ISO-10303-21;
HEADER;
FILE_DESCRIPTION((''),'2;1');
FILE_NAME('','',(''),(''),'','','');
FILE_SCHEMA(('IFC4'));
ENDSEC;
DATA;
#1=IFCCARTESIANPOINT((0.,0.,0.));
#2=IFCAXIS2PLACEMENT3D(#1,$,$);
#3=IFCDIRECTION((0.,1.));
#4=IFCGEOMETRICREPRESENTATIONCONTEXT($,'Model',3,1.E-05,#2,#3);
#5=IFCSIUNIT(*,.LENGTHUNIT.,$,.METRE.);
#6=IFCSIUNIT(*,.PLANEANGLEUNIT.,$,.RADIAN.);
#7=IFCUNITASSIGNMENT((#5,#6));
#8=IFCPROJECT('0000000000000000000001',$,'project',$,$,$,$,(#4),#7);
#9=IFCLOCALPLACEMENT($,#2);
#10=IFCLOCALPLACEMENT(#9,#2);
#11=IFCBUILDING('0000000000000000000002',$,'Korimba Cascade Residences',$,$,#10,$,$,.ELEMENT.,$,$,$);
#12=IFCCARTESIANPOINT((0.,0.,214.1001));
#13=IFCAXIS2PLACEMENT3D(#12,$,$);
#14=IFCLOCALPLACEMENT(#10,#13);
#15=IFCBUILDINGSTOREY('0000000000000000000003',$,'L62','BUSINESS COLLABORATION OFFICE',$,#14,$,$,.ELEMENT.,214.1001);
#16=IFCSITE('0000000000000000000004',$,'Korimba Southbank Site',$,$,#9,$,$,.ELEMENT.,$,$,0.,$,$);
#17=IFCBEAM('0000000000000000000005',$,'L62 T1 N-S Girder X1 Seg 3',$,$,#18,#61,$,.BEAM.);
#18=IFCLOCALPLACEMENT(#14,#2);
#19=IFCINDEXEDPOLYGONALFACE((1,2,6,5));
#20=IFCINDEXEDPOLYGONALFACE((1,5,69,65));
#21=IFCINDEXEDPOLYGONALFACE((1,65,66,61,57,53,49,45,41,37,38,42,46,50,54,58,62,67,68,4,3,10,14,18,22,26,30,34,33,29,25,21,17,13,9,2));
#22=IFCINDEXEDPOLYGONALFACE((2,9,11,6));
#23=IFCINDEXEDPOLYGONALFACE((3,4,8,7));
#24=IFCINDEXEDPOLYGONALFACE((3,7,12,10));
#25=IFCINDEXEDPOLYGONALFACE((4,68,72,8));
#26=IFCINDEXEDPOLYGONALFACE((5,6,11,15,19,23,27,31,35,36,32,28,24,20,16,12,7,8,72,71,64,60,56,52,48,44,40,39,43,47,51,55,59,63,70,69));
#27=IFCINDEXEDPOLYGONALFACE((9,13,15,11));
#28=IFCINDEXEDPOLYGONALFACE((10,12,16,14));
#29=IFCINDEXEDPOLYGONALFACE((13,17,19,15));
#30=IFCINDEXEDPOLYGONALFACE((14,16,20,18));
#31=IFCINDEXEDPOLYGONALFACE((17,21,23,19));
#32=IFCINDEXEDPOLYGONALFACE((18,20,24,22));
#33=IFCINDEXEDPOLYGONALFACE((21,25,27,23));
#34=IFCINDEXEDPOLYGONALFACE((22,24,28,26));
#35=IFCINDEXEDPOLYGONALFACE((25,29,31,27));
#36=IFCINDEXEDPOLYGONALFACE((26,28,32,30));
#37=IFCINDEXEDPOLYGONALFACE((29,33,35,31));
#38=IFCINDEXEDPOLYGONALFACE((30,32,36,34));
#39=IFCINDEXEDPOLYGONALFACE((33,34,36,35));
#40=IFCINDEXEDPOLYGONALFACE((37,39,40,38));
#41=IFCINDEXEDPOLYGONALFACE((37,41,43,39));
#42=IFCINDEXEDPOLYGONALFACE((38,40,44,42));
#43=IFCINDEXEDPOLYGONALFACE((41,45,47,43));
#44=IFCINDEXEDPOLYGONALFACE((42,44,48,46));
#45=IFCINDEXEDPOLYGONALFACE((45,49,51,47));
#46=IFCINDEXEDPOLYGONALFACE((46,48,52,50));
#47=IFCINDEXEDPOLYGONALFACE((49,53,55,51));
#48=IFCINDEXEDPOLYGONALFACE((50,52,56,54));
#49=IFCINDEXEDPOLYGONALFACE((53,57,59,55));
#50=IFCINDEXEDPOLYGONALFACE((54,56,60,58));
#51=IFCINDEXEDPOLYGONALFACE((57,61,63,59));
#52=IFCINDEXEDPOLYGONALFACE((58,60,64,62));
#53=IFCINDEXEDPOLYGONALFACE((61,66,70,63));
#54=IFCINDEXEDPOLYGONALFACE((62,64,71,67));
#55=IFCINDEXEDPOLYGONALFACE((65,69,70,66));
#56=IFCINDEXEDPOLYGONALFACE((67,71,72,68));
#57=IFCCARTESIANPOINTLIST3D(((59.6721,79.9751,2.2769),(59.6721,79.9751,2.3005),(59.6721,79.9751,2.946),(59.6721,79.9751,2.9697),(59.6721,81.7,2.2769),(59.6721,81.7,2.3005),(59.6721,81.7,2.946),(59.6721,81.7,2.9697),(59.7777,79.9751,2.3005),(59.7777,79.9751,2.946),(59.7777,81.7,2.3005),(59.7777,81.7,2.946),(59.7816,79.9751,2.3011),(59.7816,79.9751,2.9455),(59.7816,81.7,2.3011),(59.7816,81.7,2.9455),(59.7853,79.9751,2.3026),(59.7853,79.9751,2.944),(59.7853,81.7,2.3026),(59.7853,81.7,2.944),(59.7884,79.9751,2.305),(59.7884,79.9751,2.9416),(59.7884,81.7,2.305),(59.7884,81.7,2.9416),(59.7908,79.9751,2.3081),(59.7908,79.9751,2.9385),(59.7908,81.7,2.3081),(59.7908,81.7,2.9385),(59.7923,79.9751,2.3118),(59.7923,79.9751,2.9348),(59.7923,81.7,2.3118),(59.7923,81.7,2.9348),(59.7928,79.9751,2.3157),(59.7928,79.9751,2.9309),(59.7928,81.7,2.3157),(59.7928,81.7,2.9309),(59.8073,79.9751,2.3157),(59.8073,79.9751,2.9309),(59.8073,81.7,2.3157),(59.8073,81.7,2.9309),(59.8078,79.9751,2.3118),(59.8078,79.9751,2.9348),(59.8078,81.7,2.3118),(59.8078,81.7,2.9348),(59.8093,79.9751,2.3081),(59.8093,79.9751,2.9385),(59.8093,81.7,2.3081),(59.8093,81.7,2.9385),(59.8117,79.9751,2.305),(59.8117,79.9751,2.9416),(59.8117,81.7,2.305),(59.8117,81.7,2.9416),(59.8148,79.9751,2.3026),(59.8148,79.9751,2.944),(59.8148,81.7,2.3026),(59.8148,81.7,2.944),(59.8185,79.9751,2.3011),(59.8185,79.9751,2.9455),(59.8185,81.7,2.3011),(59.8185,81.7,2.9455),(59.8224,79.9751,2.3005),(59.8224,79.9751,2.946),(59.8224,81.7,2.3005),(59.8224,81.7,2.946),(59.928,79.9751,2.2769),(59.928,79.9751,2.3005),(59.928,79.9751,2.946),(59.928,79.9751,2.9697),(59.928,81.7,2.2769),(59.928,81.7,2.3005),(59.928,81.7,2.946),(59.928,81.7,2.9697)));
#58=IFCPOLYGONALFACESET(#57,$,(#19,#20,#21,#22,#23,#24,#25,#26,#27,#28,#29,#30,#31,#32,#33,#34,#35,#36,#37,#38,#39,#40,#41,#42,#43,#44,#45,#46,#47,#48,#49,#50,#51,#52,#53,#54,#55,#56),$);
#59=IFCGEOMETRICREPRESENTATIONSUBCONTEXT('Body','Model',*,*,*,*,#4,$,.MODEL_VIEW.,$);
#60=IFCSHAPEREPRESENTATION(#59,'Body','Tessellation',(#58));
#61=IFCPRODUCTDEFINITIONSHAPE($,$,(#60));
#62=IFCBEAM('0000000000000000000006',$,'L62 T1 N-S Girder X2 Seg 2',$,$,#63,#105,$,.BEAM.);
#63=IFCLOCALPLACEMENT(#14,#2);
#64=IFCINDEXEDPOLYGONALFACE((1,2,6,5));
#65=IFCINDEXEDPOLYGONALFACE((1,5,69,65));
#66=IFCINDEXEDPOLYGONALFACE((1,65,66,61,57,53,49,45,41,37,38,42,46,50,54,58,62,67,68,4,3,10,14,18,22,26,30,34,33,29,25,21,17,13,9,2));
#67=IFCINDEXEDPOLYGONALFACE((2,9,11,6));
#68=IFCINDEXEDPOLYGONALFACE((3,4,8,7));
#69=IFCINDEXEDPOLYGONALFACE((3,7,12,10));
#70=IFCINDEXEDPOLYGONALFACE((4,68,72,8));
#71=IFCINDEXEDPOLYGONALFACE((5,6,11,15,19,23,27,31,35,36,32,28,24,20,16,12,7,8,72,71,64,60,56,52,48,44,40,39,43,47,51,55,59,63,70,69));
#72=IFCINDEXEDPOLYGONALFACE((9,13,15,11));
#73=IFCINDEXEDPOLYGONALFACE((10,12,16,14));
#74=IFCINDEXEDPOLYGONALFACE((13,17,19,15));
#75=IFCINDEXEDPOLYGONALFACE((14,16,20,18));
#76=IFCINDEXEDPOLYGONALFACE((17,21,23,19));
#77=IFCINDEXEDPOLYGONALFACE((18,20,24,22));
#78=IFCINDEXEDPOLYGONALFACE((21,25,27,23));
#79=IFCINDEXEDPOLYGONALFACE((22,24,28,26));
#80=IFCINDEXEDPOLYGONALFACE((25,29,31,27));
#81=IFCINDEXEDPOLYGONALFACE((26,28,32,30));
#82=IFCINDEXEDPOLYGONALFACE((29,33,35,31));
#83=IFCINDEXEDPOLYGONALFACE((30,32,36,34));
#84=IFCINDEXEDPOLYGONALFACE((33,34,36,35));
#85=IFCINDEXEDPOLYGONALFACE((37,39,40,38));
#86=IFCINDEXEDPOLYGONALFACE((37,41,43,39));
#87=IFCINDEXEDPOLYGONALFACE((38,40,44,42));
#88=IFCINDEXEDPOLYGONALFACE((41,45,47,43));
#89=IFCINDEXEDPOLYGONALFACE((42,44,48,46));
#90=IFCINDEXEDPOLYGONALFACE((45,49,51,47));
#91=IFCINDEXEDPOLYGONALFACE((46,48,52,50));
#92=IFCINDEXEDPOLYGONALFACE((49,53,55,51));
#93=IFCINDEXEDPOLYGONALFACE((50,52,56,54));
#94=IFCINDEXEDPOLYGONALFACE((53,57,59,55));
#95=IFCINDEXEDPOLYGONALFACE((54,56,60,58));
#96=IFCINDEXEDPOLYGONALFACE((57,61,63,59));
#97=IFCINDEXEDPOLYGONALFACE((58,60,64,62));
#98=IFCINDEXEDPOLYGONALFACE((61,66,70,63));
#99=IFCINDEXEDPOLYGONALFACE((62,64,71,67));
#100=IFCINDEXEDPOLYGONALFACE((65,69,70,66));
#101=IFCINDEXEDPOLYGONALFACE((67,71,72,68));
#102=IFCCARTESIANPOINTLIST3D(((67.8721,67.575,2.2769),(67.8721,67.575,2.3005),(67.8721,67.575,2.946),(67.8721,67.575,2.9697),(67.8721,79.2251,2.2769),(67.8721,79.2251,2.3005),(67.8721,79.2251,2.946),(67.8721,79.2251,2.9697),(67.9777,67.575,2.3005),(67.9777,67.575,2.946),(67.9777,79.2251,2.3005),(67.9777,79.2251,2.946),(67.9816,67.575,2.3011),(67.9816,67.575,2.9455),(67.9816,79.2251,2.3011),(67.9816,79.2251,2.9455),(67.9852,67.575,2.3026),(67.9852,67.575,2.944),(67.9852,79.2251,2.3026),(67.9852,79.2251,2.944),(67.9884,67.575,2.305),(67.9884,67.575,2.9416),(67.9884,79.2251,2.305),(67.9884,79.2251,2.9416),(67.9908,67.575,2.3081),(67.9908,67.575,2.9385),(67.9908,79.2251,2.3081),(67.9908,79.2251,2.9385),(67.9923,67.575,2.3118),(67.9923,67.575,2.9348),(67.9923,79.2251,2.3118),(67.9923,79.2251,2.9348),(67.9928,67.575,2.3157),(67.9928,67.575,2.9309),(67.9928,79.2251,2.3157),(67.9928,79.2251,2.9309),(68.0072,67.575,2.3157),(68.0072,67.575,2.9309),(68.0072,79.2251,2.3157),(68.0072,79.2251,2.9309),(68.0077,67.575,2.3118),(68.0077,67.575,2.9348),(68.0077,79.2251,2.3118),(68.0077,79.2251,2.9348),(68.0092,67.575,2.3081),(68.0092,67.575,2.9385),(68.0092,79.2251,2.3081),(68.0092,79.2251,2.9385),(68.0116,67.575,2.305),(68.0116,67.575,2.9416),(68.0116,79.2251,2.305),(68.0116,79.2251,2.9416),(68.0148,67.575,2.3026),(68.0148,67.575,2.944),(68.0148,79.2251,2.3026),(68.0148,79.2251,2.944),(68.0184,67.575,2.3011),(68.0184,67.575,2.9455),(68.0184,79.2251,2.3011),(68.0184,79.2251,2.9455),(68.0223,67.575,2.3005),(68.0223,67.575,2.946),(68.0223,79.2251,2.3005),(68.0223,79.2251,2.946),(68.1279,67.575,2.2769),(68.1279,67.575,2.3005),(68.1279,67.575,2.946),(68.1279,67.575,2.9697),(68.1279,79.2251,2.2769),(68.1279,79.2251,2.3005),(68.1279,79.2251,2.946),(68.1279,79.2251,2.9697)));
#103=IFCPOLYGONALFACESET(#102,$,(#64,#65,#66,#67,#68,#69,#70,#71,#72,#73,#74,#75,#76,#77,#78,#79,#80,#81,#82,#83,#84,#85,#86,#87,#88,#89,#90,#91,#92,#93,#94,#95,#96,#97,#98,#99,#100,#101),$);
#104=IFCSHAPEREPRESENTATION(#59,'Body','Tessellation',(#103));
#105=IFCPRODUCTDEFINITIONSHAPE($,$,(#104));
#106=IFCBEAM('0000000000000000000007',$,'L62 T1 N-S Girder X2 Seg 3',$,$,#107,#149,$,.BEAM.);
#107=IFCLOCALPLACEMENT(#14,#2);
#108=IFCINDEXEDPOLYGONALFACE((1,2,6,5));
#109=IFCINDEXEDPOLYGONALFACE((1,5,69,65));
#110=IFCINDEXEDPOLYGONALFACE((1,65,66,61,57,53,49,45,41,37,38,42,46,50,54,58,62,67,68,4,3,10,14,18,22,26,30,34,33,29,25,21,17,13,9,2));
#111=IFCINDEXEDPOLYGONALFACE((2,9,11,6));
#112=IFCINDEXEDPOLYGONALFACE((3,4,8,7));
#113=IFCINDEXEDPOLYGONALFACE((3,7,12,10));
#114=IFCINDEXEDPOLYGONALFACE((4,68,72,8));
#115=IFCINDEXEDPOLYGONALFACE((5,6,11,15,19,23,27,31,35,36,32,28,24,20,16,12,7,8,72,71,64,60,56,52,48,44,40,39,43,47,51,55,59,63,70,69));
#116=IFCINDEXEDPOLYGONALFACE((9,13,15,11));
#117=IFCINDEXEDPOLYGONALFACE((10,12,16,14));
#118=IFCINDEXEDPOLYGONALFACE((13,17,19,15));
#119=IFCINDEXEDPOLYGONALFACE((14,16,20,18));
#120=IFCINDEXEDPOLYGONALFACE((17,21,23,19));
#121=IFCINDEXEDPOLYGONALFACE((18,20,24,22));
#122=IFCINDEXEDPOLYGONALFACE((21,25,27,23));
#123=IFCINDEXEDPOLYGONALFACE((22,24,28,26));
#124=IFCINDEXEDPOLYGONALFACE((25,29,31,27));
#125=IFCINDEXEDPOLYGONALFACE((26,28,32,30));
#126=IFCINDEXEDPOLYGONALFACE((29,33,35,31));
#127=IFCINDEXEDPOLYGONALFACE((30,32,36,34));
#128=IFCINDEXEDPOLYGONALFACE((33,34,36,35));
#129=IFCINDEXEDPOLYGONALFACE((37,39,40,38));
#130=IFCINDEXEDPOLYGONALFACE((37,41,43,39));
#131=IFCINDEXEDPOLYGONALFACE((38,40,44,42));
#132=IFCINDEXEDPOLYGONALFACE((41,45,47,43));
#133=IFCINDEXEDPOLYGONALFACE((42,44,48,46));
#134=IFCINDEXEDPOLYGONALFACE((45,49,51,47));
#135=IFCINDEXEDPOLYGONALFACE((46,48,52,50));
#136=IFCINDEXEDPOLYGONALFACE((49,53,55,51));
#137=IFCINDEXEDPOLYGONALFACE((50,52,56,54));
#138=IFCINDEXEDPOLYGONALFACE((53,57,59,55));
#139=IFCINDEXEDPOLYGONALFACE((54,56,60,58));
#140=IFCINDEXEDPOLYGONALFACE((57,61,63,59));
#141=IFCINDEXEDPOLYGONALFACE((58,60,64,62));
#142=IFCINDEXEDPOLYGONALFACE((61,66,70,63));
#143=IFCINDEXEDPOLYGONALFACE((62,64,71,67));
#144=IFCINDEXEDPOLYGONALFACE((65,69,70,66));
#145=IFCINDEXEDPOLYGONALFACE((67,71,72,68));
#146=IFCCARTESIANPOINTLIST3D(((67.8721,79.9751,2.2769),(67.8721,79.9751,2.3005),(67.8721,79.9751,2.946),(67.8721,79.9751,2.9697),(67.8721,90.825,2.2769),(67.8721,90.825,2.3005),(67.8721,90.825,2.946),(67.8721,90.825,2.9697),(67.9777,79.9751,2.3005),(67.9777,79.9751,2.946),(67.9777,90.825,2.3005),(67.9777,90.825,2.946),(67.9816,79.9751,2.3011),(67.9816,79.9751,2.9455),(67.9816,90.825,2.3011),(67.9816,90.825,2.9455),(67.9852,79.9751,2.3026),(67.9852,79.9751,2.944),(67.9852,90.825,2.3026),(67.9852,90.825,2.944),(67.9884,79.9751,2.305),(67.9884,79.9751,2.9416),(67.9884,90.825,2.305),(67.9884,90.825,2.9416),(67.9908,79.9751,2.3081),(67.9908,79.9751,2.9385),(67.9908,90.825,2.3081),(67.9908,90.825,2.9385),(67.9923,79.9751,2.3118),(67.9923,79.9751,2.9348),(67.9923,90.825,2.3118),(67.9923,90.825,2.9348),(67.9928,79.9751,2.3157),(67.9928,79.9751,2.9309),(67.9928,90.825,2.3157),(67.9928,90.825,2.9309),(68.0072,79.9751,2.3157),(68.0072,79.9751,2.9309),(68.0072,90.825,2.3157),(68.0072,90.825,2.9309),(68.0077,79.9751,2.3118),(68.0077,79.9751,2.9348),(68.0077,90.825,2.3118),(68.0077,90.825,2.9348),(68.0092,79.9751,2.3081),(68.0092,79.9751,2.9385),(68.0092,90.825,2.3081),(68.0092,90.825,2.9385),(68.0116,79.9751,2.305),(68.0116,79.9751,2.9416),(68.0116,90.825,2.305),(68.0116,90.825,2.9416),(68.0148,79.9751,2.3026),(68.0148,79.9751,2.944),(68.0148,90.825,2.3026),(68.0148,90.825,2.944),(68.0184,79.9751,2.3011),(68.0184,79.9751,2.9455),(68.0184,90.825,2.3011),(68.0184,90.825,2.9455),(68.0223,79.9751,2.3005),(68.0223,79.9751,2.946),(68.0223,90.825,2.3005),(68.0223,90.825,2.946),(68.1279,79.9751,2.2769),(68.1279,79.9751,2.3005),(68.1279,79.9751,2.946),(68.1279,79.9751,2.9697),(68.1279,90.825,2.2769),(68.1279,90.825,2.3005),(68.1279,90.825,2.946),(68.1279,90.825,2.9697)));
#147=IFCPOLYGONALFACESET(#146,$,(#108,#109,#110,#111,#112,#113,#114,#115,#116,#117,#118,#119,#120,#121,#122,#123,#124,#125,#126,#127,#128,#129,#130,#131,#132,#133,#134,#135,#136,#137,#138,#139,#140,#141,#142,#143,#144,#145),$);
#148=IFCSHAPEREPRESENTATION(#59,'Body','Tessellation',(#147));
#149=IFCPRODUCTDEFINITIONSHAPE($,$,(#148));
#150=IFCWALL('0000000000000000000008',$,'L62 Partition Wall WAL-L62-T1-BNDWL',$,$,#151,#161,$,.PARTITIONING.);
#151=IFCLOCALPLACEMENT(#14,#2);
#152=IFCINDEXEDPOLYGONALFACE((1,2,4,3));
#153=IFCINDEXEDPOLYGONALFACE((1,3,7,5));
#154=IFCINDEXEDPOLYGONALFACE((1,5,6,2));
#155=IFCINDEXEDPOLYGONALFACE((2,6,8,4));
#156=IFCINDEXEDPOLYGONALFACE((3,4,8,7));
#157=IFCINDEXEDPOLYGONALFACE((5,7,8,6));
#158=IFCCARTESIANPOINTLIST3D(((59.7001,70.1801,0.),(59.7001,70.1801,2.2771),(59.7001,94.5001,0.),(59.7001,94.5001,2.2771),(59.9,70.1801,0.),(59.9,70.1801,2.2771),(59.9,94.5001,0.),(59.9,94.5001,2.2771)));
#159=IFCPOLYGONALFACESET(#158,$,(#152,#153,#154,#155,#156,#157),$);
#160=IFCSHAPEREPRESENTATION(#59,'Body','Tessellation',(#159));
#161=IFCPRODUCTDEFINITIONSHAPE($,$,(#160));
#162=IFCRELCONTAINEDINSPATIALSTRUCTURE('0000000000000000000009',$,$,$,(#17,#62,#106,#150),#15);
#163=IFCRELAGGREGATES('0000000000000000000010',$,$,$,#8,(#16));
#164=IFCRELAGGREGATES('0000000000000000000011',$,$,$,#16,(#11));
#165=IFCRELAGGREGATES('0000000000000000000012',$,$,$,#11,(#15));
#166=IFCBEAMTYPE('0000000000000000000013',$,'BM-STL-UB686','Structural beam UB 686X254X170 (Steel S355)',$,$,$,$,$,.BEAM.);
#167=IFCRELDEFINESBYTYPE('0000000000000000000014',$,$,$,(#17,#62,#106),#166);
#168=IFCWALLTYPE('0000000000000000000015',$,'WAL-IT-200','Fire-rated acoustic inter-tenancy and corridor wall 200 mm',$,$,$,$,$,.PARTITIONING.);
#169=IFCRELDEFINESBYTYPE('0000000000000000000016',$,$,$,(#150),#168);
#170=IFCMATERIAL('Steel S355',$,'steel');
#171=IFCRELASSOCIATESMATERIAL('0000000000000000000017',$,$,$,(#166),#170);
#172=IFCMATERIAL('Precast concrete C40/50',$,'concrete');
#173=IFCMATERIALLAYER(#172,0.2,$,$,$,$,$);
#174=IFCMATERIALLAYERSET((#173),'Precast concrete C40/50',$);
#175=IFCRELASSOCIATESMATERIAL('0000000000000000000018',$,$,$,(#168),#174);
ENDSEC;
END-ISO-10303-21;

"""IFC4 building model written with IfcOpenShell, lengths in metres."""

from ifc_helpers import new_model, si_unit, direction, frame, frame_2d, origin, origin_2d, place, context, subcontext, project, spatial, rectangle, i_section, extrude, material, layer, layer_set, material_profile, profile_set, type_object, element, save


model = new_model("IFC4")

# Units and contexts
model_context = context("Model", 3, precision=1e-05, world=origin(), true_north=direction((0.0, 1.0)))
body_context = subcontext(model_context, "Body", "Model", "MODEL_VIEW")
ifc_project = project(units=[si_unit("LENGTHUNIT", "METRE"), si_unit("PLANEANGLEUNIT", "RADIAN")], contexts=[model_context])

# Site, building, storey
site_placement = place(None, origin())
site = spatial("IfcSite", under=ifc_project, at=site_placement, Name="Korimba Southbank Site", CompositionType="ELEMENT", RefElevation=0.0)
building_placement = place(site_placement, origin())
building = spatial("IfcBuilding", under=site, at=building_placement, Name="Korimba Cascade Residences", CompositionType="ELEMENT")
storey_placement = place(building_placement, frame((0.0, 0.0, 214.1001)))
storey = spatial("IfcBuildingStorey", under=building, at=storey_placement, Name="L62", Description="BUSINESS COLLABORATION OFFICE", CompositionType="ELEMENT", Elevation=214.1001)

# Beams
ifc_material_1 = material(Name="Steel S355", Category="steel")
ifc_material_profile_1 = material_profile(ifc_material_1, i_section(OverallWidth=0.2559, OverallDepth=0.6929, WebThickness=0.0144, FlangeThickness=0.0237, FilletRadius=0.0151, at=origin_2d()), Name="Steel S355")
ifc_profile_set_1 = profile_set([ifc_material_profile_1], Name="Steel S355")
beam_type_1 = type_object("IfcBeamType", Name="BM-STL-UB686", Description="Structural beam UB 686X254X170 (Steel S355)", PredefinedType="BEAM", material=ifc_profile_set_1)
beam_1_placement = place(storey_placement, frame((59.8, 79.9751, 2.6233), z_axis=(0.0, 1.0, 0.0), x_axis=(-1.0, 0.0, 0.0)))
element("IfcBeam", 1, at=beam_1_placement, inside=storey, type_object=beam_type_1, Name="L62 T1 N-S Girder X1 Seg 3", PredefinedType="BEAM", context=body_context, shape_type="SweptSolid", body=[
    extrude(i_section(OverallWidth=0.2559, OverallDepth=0.6929, WebThickness=0.0144, FlangeThickness=0.0237, FilletRadius=0.0151, at=origin_2d()), origin(), (0.0, 0.0, 1.0), 1.7249),
])
beam_2_placement = place(storey_placement, frame((68.0, 67.575, 2.6233), z_axis=(0.0, 1.0, 0.0), x_axis=(-1.0, 0.0, 0.0)))
element("IfcBeam", 2, at=beam_2_placement, inside=storey, type_object=beam_type_1, Name="L62 T1 N-S Girder X2 Seg 2", PredefinedType="BEAM", context=body_context, shape_type="SweptSolid", body=[
    extrude(i_section(OverallWidth=0.2559, OverallDepth=0.6929, WebThickness=0.0144, FlangeThickness=0.0237, FilletRadius=0.0151, at=origin_2d()), origin(), (0.0, 0.0, 1.0), 11.6501),
])
beam_3_placement = place(storey_placement, frame((68.0, 79.9751, 2.6233), z_axis=(0.0, 1.0, 0.0), x_axis=(-1.0, 0.0, 0.0)))
element("IfcBeam", 3, at=beam_3_placement, inside=storey, type_object=beam_type_1, Name="L62 T1 N-S Girder X2 Seg 3", PredefinedType="BEAM", context=body_context, shape_type="SweptSolid", body=[
    extrude(i_section(OverallWidth=0.2559, OverallDepth=0.6929, WebThickness=0.0144, FlangeThickness=0.0237, FilletRadius=0.0151, at=origin_2d()), origin(), (0.0, 0.0, 1.0), 10.8499),
])

# Wall
ifc_material_2 = material(Name="Precast concrete C40/50", Category="concrete")
ifc_layer_1 = layer(ifc_material_2, 0.2)
ifc_layer_set_1 = layer_set([ifc_layer_1], Name="Precast concrete C40/50")
wall_type_1 = type_object("IfcWallType", Name="WAL-IT-200", Description="Fire-rated acoustic inter-tenancy and corridor wall 200 mm", PredefinedType="PARTITIONING", material=ifc_layer_set_1)
wall_1_placement = place(storey_placement, frame((59.8, 70.1799, 0.0), z_axis=(0.0, 0.0, 1.0), x_axis=(0.0, 1.0, 0.0)))
element("IfcWall", 4, at=wall_1_placement, inside=storey, type_object=wall_type_1, Name="L62 Partition Wall WAL-L62-T1-BNDWL", PredefinedType="PARTITIONING", context=body_context, shape_type="SweptSolid", body=[
    extrude(rectangle(XDim=24.3201, YDim=0.2, at=frame_2d((12.1602, 0.0))), origin(), (0.0, 0.0, 1.0), 2.2771),
])

save(model, "model.ifc")
